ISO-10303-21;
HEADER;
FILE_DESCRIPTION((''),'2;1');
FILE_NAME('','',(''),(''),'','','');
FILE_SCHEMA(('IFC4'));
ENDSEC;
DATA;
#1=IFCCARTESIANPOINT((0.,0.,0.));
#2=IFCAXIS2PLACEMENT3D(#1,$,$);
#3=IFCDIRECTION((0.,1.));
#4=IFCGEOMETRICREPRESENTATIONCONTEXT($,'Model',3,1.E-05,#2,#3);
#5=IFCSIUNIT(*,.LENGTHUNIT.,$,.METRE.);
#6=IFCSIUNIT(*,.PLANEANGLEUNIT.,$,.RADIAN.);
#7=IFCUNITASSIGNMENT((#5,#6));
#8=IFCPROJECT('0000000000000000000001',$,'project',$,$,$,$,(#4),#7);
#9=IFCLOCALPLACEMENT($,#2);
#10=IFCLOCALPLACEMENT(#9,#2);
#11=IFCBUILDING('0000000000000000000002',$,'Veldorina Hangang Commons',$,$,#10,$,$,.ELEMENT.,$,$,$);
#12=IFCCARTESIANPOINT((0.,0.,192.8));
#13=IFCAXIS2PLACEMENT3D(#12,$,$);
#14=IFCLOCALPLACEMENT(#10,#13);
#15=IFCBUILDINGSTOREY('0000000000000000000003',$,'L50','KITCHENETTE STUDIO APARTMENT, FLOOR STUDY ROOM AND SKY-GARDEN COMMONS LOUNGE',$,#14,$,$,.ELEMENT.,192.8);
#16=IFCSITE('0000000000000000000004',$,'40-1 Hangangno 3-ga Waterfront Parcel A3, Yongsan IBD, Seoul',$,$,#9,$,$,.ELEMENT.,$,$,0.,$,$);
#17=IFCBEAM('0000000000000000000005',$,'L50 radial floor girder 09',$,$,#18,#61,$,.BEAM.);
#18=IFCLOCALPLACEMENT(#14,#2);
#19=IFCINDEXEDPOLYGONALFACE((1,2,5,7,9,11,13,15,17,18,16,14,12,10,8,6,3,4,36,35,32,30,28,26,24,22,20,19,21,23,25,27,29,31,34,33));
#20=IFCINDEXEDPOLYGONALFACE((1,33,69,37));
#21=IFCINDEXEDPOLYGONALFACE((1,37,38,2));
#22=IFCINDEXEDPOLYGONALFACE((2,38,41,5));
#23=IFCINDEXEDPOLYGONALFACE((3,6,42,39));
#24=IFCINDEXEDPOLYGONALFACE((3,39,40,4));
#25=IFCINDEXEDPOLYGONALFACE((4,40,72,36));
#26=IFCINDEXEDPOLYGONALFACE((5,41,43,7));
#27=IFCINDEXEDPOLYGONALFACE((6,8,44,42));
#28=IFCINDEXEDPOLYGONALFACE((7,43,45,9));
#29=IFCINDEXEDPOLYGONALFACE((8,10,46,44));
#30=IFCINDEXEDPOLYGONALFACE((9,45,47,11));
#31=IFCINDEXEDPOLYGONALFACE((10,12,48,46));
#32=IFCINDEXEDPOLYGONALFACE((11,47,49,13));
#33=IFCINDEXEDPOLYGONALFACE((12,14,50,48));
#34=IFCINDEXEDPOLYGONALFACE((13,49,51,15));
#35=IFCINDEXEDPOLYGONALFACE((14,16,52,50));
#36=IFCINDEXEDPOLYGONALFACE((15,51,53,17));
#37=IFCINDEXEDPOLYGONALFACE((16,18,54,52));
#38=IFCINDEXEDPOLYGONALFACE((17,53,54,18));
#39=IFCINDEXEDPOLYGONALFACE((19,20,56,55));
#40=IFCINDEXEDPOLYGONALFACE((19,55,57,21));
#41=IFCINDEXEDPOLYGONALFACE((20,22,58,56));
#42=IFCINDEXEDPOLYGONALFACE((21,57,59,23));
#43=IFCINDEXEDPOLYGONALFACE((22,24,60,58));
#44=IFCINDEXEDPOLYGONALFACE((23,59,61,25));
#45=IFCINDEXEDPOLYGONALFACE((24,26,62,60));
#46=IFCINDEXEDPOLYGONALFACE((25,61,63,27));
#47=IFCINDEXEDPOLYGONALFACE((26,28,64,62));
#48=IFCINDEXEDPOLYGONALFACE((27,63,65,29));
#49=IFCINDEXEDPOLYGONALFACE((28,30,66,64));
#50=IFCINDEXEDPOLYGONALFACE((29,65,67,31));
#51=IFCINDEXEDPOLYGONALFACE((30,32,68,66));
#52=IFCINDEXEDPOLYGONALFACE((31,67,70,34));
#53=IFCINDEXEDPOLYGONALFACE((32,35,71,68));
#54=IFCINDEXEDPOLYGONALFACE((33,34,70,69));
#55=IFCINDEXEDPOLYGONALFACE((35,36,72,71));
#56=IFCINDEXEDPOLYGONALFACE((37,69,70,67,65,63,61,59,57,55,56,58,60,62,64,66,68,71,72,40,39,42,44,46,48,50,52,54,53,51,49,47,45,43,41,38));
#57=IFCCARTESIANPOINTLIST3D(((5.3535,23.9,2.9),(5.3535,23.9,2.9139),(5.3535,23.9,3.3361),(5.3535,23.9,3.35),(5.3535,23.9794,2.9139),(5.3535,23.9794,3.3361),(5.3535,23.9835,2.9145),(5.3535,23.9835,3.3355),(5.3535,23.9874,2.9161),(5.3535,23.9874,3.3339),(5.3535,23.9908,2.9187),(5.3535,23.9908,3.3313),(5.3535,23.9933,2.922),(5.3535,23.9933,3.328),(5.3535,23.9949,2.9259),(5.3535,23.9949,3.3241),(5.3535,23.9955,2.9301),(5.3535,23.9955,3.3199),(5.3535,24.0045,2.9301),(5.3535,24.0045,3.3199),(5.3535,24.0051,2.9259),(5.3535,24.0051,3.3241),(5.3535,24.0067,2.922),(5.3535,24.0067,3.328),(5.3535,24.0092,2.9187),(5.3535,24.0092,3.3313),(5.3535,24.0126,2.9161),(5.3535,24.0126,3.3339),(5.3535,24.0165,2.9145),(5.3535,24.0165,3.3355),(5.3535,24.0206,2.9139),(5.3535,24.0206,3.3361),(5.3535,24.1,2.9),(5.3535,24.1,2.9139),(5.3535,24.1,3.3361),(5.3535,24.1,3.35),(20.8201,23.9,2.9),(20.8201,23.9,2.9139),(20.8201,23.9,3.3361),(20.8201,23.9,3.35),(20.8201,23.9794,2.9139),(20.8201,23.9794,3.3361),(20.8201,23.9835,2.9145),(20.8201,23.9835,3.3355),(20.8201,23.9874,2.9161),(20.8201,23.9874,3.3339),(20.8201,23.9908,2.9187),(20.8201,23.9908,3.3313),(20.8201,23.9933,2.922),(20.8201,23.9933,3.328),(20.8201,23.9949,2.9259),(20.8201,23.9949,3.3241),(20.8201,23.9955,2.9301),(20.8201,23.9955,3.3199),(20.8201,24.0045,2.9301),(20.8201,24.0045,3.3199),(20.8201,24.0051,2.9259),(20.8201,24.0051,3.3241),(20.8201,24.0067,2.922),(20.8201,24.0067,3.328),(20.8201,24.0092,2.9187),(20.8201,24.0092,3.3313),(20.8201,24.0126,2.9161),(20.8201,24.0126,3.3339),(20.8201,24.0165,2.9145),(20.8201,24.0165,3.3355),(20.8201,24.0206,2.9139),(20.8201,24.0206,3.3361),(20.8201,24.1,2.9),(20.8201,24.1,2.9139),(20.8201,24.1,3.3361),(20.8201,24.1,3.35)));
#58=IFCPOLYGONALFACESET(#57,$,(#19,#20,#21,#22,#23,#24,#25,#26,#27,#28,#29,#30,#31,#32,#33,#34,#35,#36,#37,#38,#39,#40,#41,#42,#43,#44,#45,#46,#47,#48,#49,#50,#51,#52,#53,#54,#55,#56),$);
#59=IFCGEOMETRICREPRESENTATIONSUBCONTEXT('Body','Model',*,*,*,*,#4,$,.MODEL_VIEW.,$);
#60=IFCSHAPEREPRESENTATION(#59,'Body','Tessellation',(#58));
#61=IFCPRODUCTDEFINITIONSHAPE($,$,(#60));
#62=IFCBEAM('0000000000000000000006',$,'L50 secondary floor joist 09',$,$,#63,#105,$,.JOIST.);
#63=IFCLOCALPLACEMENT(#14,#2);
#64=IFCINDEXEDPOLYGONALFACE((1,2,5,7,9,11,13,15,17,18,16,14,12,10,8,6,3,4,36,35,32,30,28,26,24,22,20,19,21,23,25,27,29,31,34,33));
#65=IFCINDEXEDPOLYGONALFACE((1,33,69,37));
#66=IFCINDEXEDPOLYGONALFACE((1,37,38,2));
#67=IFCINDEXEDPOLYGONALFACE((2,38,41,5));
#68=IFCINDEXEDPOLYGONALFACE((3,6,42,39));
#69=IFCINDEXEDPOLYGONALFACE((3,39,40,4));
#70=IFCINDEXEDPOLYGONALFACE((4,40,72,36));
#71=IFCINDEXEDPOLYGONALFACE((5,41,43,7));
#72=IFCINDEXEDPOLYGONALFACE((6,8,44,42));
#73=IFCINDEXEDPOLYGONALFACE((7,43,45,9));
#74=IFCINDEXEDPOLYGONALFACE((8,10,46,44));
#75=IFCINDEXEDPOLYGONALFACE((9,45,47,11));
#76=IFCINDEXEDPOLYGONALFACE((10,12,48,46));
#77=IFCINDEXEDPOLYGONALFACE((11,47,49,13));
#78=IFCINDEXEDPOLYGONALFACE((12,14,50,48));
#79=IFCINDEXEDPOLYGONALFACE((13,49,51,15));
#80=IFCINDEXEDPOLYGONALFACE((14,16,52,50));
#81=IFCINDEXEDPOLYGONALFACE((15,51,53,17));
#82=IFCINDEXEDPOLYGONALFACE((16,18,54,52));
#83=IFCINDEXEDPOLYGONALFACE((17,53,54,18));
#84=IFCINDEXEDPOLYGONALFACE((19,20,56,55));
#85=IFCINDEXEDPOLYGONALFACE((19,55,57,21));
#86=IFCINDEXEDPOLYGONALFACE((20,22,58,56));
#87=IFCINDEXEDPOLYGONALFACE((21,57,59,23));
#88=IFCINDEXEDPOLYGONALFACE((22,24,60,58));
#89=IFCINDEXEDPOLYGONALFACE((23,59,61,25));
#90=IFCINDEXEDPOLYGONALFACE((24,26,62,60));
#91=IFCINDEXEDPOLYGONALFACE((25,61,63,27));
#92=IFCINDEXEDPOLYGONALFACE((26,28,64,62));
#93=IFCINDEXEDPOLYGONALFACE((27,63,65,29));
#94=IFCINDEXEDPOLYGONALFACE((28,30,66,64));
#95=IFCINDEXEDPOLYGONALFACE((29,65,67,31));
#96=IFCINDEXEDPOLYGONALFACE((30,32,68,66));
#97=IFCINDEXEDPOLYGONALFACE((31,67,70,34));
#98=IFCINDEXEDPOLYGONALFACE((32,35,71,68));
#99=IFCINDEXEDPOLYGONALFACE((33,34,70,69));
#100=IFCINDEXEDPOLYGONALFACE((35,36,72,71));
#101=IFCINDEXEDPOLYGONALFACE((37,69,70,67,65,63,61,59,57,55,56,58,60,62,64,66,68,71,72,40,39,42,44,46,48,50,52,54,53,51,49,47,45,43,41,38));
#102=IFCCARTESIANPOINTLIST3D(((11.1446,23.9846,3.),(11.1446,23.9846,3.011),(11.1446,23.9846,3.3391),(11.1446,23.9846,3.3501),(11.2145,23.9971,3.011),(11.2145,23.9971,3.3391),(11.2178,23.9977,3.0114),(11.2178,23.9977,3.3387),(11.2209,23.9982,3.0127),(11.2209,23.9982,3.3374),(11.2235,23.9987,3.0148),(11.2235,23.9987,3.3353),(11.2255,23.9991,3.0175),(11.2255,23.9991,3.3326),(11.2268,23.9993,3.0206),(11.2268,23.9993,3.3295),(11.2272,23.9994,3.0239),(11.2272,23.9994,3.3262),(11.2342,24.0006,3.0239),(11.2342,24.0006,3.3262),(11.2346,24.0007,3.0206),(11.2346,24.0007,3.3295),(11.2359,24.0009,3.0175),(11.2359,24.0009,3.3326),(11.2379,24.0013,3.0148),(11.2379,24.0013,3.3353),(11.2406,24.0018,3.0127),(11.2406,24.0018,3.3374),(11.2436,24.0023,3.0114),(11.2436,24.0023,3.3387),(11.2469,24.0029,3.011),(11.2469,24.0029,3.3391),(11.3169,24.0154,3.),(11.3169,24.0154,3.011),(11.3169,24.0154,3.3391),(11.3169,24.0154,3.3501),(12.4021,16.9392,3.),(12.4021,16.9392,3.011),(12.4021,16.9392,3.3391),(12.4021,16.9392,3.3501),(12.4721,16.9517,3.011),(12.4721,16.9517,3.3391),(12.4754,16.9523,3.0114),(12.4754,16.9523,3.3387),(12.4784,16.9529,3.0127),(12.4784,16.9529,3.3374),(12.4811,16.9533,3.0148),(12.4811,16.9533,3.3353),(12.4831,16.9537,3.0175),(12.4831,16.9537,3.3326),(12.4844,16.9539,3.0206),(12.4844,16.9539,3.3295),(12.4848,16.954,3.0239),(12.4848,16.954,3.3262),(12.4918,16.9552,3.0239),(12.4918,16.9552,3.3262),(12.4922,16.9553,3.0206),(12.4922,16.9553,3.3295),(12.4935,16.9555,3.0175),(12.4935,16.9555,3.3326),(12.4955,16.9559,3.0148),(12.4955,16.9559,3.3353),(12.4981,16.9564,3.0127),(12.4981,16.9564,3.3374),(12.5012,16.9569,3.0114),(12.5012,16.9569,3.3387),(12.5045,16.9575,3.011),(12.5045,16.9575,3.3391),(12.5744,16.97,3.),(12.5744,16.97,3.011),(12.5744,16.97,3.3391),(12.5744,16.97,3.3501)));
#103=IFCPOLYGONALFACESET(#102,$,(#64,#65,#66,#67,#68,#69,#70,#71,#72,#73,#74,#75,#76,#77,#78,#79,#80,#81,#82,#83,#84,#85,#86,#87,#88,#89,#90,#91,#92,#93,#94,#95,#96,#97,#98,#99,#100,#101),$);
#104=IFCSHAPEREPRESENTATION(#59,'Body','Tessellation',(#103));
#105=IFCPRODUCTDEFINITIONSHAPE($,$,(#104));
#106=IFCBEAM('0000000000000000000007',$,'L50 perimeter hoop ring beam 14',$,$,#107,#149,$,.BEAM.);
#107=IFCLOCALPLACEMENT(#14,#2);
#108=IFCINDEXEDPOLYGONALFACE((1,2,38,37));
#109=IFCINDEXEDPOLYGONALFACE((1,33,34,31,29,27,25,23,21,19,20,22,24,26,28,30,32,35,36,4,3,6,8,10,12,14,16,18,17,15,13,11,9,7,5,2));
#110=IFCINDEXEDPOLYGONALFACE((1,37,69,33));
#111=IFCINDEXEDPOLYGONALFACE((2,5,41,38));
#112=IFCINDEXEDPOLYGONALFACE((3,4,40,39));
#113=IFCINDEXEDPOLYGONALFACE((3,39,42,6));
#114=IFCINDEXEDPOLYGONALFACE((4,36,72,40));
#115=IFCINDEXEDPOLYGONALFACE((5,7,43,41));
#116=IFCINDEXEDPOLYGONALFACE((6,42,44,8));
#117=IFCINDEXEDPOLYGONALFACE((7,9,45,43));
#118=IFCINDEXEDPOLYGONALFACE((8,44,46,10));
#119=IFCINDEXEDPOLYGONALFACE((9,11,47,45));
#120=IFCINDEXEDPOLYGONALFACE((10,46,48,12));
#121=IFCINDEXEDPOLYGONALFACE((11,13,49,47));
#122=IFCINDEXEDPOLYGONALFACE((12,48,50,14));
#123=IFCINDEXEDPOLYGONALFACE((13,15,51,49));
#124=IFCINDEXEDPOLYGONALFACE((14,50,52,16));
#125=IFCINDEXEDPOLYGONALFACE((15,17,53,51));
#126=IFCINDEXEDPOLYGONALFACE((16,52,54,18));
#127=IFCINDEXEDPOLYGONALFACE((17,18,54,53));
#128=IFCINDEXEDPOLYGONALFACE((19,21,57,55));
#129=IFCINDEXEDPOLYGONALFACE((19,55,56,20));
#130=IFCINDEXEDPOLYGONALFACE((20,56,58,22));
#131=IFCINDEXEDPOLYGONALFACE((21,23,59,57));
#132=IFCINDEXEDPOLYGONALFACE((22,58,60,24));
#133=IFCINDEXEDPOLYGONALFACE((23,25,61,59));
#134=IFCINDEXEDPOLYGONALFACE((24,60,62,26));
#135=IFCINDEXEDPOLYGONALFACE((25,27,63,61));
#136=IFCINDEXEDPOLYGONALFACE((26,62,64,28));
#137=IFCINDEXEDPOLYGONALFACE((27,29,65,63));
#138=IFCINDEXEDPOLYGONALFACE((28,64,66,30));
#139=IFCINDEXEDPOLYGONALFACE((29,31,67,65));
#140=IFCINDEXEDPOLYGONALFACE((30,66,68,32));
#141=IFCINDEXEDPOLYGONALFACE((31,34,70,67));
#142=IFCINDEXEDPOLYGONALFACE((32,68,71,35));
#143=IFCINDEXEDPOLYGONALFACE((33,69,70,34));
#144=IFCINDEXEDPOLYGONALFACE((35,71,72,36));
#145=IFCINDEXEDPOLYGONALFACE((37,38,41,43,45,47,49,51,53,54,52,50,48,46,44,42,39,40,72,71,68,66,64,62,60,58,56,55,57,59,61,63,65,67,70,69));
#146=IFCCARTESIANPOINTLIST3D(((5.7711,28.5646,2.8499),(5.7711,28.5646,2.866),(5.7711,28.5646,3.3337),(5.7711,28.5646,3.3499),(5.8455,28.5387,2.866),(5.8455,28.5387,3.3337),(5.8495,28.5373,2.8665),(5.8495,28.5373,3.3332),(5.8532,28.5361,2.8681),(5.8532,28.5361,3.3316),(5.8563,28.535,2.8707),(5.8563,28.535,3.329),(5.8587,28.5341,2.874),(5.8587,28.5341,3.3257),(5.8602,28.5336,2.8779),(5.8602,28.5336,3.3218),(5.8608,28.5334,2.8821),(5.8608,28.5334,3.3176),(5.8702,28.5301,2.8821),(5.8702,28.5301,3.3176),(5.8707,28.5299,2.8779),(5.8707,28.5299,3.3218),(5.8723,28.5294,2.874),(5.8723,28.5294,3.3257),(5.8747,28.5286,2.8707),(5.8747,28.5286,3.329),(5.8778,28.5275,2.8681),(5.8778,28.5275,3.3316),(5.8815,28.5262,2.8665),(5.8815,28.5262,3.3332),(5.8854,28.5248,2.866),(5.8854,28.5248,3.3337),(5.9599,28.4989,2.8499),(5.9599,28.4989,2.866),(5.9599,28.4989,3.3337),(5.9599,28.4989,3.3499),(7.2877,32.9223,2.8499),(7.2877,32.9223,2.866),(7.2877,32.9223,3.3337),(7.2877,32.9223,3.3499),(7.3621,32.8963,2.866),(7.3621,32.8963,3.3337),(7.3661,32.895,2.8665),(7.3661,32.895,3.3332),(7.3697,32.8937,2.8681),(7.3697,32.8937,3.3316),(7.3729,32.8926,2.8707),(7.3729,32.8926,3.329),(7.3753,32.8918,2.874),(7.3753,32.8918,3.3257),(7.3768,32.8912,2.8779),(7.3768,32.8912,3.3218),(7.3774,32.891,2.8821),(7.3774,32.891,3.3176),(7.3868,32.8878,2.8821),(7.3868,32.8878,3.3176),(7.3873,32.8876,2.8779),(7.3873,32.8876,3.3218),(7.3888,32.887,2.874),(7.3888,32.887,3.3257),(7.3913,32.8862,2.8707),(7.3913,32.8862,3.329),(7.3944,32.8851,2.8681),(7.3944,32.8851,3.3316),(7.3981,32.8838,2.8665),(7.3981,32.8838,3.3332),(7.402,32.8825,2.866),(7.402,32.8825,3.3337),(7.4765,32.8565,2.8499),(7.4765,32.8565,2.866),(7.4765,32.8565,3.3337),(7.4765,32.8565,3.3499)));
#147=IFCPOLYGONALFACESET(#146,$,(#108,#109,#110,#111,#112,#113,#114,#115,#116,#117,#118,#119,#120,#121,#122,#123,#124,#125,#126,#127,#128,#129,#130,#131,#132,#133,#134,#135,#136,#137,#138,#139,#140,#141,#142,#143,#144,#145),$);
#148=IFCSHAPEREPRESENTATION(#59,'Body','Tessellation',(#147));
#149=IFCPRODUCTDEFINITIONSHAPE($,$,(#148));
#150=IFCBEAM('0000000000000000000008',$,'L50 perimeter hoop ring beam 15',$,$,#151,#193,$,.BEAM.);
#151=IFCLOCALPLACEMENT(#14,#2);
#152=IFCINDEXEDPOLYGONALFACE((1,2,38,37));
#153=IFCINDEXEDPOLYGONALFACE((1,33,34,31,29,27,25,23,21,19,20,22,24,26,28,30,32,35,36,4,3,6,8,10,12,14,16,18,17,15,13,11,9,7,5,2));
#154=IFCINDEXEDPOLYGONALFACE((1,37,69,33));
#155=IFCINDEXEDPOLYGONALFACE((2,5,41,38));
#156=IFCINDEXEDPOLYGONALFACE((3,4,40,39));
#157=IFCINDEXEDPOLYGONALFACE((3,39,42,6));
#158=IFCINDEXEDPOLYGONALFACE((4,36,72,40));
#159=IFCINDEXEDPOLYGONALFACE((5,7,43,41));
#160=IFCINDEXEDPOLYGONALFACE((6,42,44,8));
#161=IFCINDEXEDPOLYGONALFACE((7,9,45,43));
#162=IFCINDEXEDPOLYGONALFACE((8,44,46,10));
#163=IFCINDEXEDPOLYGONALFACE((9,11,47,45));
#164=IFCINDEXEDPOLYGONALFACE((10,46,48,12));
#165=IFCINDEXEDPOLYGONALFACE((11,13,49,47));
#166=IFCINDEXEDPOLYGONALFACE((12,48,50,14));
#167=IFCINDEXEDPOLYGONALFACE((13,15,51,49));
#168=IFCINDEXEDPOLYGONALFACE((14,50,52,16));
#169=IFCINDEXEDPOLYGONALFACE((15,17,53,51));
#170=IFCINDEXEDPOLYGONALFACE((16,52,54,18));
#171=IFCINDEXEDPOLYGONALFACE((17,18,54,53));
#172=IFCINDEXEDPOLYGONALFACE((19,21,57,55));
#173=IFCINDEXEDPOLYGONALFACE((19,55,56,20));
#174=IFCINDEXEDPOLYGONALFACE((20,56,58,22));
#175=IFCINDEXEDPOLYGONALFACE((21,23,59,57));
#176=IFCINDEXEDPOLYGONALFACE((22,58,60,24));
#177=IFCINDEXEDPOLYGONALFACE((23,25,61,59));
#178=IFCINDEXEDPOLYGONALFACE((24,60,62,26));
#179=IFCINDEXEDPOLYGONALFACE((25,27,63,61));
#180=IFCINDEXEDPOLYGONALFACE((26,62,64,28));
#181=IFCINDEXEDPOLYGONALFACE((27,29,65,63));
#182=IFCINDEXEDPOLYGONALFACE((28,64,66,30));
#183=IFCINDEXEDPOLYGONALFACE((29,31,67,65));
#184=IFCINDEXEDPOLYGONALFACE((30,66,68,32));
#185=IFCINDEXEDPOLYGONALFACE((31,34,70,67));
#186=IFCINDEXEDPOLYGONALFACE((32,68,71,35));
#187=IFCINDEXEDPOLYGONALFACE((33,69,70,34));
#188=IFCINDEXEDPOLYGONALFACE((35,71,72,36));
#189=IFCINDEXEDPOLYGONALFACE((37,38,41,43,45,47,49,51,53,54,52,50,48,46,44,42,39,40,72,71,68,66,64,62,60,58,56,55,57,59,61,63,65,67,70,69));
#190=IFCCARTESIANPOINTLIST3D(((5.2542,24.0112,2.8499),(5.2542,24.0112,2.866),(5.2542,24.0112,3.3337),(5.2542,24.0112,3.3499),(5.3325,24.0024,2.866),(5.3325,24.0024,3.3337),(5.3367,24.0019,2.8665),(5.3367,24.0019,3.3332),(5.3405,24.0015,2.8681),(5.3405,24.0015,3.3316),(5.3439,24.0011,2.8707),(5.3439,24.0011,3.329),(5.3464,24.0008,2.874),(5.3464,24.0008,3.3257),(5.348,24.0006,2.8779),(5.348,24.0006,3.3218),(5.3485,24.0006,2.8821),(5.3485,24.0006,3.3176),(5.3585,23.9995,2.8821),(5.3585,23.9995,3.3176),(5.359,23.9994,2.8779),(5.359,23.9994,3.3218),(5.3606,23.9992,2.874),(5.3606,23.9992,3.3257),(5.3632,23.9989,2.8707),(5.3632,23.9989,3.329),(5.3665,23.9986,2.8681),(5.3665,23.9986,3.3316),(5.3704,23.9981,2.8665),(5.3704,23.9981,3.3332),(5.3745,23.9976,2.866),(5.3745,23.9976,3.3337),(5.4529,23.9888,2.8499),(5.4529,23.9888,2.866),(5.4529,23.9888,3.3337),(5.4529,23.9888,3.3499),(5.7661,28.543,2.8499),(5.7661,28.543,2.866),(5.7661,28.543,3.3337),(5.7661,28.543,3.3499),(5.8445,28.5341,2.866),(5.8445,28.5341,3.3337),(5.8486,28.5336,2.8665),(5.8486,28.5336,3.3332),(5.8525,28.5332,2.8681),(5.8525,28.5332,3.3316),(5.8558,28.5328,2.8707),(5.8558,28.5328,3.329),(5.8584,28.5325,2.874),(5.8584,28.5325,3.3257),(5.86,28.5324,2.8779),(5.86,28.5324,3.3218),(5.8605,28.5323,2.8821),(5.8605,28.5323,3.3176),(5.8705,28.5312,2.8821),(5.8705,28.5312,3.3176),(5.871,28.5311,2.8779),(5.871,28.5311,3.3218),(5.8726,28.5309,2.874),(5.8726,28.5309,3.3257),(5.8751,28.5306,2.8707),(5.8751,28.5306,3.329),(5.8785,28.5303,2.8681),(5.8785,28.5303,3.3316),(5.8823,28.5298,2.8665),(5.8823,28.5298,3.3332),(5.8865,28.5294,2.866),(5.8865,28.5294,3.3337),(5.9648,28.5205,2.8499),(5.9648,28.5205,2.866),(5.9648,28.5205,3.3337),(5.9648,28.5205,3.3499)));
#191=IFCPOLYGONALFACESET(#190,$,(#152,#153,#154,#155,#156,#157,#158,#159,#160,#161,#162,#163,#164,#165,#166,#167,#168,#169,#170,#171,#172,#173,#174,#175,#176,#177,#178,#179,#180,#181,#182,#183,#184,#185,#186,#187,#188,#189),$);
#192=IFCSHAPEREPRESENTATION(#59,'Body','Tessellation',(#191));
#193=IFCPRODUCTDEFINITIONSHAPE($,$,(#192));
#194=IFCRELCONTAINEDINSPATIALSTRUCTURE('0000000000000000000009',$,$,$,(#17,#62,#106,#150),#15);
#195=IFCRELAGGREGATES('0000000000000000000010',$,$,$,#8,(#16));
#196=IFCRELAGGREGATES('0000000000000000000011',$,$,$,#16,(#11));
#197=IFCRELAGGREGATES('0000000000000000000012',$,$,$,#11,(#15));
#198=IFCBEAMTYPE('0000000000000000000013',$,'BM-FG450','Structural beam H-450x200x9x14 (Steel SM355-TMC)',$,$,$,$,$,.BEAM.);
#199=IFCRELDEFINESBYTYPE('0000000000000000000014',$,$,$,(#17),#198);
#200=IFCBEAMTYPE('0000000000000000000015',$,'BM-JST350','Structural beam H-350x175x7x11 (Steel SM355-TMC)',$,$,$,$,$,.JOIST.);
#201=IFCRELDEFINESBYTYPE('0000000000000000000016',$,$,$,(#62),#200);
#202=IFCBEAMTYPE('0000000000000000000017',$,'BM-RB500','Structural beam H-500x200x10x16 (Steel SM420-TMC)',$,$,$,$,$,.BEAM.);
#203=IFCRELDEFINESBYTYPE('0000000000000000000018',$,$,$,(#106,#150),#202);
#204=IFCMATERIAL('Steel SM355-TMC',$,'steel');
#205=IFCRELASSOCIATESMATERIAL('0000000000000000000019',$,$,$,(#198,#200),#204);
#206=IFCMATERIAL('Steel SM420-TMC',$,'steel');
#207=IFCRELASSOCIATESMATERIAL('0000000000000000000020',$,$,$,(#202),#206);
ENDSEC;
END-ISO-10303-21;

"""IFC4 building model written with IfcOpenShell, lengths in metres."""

from ifc_helpers import new_model, si_unit, direction, frame, origin, origin_2d, place, context, subcontext, project, spatial, i_section, extrude, material, material_profile, profile_set, type_object, element, save


model = new_model("IFC4")

# Units and contexts
model_context = context("Model", 3, precision=1e-05, world=origin(), true_north=direction((0.0, 1.0)))
body_context = subcontext(model_context, "Body", "Model", "MODEL_VIEW")
ifc_project = project(units=[si_unit("LENGTHUNIT", "METRE"), si_unit("PLANEANGLEUNIT", "RADIAN")], contexts=[model_context])

# Site, building, storey
site_placement = place(None, origin())
site = spatial("IfcSite", under=ifc_project, at=site_placement, Name="40-1 Hangangno 3-ga Waterfront Parcel A3, Yongsan IBD, Seoul", CompositionType="ELEMENT", RefElevation=0.0)
building_placement = place(site_placement, origin())
building = spatial("IfcBuilding", under=site, at=building_placement, Name="Veldorina Hangang Commons", CompositionType="ELEMENT")
storey_placement = place(building_placement, frame((0.0, 0.0, 192.8)))
storey = spatial("IfcBuildingStorey", under=building, at=storey_placement, Name="L50", Description="KITCHENETTE STUDIO APARTMENT, FLOOR STUDY ROOM AND SKY-GARDEN COMMONS LOUNGE", CompositionType="ELEMENT", Elevation=192.8)

# Beams
ifc_material_1 = material(Name="Steel SM355-TMC", Category="steel")
ifc_material_profile_1 = material_profile(ifc_material_1, i_section(OverallWidth=0.2, OverallDepth=0.45, WebThickness=0.009, FlangeThickness=0.0139, FilletRadius=0.0161, at=origin_2d()), Name="H-450x200x9x14")
ifc_profile_set_1 = profile_set([ifc_material_profile_1], Name="Steel SM355-TMC")
beam_type_1 = type_object("IfcBeamType", Name="BM-FG450", Description="Structural beam H-450x200x9x14 (Steel SM355-TMC)", PredefinedType="BEAM", material=ifc_profile_set_1)
beam_1_placement = place(storey_placement, frame((20.8201, 24.0, 3.125), z_axis=(-1.0, 0.0, 0.0), x_axis=(0.0, -1.0, 0.0)))
element("IfcBeam", 1, at=beam_1_placement, inside=storey, type_object=beam_type_1, Name="L50 radial floor girder 09", PredefinedType="BEAM", context=body_context, shape_type="SweptSolid", body=[
    extrude(i_section(OverallWidth=0.2, OverallDepth=0.45, WebThickness=0.009, FlangeThickness=0.0139, FilletRadius=0.0161, at=origin_2d()), origin(), (0.0, 0.0, 1.0), 15.4666),
])
ifc_material_profile_2 = material_profile(ifc_material_1, i_section(OverallWidth=0.175, OverallDepth=0.3501, WebThickness=0.0071, FlangeThickness=0.011, FilletRadius=0.0129, at=origin_2d()), Name="H-350x175x7x11")
ifc_profile_set_2 = profile_set([ifc_material_profile_2], Name="Steel SM355-TMC")
beam_type_2 = type_object("IfcBeamType", Name="BM-JST350", Description="Structural beam H-350x175x7x11 (Steel SM355-TMC)", PredefinedType="JOIST", material=ifc_profile_set_2)
beam_2_placement = place(storey_placement, frame((11.2307, 24.0, 3.175), z_axis=(0.175717, -0.984441, 0.0), x_axis=(0.984441, 0.175717, 0.0)))
element("IfcBeam", 2, at=beam_2_placement, inside=storey, type_object=beam_type_2, Name="L50 secondary floor joist 09", PredefinedType="JOIST", context=body_context, shape_type="SweptSolid", body=[
    extrude(i_section(OverallWidth=0.175, OverallDepth=0.3501, WebThickness=0.0071, FlangeThickness=0.011, FilletRadius=0.0129, at=origin_2d()), origin(), (0.0, 0.0, 1.0), 7.1567),
])
ifc_material_2 = material(Name="Steel SM420-TMC", Category="steel")
ifc_material_profile_3 = material_profile(ifc_material_2, i_section(OverallWidth=0.2, OverallDepth=0.5, WebThickness=0.01, FlangeThickness=0.0161, FilletRadius=0.0161, at=origin_2d()), Name="H-500x200x10x16")
ifc_profile_set_3 = profile_set([ifc_material_profile_3], Name="Steel SM420-TMC")
beam_type_3 = type_object("IfcBeamType", Name="BM-RB500", Description="Structural beam H-500x200x10x16 (Steel SM420-TMC)", PredefinedType="BEAM", material=ifc_profile_set_3)
beam_3_placement = place(storey_placement, frame((7.3821, 32.8894, 3.0999), z_axis=(-0.328693, -0.944437, 0.0), x_axis=(0.944437, -0.328693, 0.0)))
element("IfcBeam", 3, at=beam_3_placement, inside=storey, type_object=beam_type_3, Name="L50 perimeter hoop ring beam 14", PredefinedType="BEAM", context=body_context, shape_type="SweptSolid", body=[
    extrude(i_section(OverallWidth=0.2, OverallDepth=0.5, WebThickness=0.01, FlangeThickness=0.0161, FilletRadius=0.0161, at=origin_2d()), origin(), (0.0, 0.0, 1.0), 4.614),
])
for number, where, z_axis, x_axis, name in (
    (4, (5.8655, 28.5317, 3.0999), (-0.112259, -0.993679, 0.0), (0.993679, -0.112259, 0.0), "L50 perimeter hoop ring beam 15"),
):
    element("IfcBeam", number, at=place(storey_placement, frame(where, z_axis=z_axis, x_axis=x_axis)), inside=storey, type_object=beam_type_3, Name=name, PredefinedType="BEAM", context=body_context, shape_type="SweptSolid", body=[
        extrude(i_section(OverallWidth=0.2, OverallDepth=0.5, WebThickness=0.01, FlangeThickness=0.0161, FilletRadius=0.0161, at=origin_2d()), origin(), (0.0, 0.0, 1.0), 4.5605),
    ])

save(model, "model.ifc")
